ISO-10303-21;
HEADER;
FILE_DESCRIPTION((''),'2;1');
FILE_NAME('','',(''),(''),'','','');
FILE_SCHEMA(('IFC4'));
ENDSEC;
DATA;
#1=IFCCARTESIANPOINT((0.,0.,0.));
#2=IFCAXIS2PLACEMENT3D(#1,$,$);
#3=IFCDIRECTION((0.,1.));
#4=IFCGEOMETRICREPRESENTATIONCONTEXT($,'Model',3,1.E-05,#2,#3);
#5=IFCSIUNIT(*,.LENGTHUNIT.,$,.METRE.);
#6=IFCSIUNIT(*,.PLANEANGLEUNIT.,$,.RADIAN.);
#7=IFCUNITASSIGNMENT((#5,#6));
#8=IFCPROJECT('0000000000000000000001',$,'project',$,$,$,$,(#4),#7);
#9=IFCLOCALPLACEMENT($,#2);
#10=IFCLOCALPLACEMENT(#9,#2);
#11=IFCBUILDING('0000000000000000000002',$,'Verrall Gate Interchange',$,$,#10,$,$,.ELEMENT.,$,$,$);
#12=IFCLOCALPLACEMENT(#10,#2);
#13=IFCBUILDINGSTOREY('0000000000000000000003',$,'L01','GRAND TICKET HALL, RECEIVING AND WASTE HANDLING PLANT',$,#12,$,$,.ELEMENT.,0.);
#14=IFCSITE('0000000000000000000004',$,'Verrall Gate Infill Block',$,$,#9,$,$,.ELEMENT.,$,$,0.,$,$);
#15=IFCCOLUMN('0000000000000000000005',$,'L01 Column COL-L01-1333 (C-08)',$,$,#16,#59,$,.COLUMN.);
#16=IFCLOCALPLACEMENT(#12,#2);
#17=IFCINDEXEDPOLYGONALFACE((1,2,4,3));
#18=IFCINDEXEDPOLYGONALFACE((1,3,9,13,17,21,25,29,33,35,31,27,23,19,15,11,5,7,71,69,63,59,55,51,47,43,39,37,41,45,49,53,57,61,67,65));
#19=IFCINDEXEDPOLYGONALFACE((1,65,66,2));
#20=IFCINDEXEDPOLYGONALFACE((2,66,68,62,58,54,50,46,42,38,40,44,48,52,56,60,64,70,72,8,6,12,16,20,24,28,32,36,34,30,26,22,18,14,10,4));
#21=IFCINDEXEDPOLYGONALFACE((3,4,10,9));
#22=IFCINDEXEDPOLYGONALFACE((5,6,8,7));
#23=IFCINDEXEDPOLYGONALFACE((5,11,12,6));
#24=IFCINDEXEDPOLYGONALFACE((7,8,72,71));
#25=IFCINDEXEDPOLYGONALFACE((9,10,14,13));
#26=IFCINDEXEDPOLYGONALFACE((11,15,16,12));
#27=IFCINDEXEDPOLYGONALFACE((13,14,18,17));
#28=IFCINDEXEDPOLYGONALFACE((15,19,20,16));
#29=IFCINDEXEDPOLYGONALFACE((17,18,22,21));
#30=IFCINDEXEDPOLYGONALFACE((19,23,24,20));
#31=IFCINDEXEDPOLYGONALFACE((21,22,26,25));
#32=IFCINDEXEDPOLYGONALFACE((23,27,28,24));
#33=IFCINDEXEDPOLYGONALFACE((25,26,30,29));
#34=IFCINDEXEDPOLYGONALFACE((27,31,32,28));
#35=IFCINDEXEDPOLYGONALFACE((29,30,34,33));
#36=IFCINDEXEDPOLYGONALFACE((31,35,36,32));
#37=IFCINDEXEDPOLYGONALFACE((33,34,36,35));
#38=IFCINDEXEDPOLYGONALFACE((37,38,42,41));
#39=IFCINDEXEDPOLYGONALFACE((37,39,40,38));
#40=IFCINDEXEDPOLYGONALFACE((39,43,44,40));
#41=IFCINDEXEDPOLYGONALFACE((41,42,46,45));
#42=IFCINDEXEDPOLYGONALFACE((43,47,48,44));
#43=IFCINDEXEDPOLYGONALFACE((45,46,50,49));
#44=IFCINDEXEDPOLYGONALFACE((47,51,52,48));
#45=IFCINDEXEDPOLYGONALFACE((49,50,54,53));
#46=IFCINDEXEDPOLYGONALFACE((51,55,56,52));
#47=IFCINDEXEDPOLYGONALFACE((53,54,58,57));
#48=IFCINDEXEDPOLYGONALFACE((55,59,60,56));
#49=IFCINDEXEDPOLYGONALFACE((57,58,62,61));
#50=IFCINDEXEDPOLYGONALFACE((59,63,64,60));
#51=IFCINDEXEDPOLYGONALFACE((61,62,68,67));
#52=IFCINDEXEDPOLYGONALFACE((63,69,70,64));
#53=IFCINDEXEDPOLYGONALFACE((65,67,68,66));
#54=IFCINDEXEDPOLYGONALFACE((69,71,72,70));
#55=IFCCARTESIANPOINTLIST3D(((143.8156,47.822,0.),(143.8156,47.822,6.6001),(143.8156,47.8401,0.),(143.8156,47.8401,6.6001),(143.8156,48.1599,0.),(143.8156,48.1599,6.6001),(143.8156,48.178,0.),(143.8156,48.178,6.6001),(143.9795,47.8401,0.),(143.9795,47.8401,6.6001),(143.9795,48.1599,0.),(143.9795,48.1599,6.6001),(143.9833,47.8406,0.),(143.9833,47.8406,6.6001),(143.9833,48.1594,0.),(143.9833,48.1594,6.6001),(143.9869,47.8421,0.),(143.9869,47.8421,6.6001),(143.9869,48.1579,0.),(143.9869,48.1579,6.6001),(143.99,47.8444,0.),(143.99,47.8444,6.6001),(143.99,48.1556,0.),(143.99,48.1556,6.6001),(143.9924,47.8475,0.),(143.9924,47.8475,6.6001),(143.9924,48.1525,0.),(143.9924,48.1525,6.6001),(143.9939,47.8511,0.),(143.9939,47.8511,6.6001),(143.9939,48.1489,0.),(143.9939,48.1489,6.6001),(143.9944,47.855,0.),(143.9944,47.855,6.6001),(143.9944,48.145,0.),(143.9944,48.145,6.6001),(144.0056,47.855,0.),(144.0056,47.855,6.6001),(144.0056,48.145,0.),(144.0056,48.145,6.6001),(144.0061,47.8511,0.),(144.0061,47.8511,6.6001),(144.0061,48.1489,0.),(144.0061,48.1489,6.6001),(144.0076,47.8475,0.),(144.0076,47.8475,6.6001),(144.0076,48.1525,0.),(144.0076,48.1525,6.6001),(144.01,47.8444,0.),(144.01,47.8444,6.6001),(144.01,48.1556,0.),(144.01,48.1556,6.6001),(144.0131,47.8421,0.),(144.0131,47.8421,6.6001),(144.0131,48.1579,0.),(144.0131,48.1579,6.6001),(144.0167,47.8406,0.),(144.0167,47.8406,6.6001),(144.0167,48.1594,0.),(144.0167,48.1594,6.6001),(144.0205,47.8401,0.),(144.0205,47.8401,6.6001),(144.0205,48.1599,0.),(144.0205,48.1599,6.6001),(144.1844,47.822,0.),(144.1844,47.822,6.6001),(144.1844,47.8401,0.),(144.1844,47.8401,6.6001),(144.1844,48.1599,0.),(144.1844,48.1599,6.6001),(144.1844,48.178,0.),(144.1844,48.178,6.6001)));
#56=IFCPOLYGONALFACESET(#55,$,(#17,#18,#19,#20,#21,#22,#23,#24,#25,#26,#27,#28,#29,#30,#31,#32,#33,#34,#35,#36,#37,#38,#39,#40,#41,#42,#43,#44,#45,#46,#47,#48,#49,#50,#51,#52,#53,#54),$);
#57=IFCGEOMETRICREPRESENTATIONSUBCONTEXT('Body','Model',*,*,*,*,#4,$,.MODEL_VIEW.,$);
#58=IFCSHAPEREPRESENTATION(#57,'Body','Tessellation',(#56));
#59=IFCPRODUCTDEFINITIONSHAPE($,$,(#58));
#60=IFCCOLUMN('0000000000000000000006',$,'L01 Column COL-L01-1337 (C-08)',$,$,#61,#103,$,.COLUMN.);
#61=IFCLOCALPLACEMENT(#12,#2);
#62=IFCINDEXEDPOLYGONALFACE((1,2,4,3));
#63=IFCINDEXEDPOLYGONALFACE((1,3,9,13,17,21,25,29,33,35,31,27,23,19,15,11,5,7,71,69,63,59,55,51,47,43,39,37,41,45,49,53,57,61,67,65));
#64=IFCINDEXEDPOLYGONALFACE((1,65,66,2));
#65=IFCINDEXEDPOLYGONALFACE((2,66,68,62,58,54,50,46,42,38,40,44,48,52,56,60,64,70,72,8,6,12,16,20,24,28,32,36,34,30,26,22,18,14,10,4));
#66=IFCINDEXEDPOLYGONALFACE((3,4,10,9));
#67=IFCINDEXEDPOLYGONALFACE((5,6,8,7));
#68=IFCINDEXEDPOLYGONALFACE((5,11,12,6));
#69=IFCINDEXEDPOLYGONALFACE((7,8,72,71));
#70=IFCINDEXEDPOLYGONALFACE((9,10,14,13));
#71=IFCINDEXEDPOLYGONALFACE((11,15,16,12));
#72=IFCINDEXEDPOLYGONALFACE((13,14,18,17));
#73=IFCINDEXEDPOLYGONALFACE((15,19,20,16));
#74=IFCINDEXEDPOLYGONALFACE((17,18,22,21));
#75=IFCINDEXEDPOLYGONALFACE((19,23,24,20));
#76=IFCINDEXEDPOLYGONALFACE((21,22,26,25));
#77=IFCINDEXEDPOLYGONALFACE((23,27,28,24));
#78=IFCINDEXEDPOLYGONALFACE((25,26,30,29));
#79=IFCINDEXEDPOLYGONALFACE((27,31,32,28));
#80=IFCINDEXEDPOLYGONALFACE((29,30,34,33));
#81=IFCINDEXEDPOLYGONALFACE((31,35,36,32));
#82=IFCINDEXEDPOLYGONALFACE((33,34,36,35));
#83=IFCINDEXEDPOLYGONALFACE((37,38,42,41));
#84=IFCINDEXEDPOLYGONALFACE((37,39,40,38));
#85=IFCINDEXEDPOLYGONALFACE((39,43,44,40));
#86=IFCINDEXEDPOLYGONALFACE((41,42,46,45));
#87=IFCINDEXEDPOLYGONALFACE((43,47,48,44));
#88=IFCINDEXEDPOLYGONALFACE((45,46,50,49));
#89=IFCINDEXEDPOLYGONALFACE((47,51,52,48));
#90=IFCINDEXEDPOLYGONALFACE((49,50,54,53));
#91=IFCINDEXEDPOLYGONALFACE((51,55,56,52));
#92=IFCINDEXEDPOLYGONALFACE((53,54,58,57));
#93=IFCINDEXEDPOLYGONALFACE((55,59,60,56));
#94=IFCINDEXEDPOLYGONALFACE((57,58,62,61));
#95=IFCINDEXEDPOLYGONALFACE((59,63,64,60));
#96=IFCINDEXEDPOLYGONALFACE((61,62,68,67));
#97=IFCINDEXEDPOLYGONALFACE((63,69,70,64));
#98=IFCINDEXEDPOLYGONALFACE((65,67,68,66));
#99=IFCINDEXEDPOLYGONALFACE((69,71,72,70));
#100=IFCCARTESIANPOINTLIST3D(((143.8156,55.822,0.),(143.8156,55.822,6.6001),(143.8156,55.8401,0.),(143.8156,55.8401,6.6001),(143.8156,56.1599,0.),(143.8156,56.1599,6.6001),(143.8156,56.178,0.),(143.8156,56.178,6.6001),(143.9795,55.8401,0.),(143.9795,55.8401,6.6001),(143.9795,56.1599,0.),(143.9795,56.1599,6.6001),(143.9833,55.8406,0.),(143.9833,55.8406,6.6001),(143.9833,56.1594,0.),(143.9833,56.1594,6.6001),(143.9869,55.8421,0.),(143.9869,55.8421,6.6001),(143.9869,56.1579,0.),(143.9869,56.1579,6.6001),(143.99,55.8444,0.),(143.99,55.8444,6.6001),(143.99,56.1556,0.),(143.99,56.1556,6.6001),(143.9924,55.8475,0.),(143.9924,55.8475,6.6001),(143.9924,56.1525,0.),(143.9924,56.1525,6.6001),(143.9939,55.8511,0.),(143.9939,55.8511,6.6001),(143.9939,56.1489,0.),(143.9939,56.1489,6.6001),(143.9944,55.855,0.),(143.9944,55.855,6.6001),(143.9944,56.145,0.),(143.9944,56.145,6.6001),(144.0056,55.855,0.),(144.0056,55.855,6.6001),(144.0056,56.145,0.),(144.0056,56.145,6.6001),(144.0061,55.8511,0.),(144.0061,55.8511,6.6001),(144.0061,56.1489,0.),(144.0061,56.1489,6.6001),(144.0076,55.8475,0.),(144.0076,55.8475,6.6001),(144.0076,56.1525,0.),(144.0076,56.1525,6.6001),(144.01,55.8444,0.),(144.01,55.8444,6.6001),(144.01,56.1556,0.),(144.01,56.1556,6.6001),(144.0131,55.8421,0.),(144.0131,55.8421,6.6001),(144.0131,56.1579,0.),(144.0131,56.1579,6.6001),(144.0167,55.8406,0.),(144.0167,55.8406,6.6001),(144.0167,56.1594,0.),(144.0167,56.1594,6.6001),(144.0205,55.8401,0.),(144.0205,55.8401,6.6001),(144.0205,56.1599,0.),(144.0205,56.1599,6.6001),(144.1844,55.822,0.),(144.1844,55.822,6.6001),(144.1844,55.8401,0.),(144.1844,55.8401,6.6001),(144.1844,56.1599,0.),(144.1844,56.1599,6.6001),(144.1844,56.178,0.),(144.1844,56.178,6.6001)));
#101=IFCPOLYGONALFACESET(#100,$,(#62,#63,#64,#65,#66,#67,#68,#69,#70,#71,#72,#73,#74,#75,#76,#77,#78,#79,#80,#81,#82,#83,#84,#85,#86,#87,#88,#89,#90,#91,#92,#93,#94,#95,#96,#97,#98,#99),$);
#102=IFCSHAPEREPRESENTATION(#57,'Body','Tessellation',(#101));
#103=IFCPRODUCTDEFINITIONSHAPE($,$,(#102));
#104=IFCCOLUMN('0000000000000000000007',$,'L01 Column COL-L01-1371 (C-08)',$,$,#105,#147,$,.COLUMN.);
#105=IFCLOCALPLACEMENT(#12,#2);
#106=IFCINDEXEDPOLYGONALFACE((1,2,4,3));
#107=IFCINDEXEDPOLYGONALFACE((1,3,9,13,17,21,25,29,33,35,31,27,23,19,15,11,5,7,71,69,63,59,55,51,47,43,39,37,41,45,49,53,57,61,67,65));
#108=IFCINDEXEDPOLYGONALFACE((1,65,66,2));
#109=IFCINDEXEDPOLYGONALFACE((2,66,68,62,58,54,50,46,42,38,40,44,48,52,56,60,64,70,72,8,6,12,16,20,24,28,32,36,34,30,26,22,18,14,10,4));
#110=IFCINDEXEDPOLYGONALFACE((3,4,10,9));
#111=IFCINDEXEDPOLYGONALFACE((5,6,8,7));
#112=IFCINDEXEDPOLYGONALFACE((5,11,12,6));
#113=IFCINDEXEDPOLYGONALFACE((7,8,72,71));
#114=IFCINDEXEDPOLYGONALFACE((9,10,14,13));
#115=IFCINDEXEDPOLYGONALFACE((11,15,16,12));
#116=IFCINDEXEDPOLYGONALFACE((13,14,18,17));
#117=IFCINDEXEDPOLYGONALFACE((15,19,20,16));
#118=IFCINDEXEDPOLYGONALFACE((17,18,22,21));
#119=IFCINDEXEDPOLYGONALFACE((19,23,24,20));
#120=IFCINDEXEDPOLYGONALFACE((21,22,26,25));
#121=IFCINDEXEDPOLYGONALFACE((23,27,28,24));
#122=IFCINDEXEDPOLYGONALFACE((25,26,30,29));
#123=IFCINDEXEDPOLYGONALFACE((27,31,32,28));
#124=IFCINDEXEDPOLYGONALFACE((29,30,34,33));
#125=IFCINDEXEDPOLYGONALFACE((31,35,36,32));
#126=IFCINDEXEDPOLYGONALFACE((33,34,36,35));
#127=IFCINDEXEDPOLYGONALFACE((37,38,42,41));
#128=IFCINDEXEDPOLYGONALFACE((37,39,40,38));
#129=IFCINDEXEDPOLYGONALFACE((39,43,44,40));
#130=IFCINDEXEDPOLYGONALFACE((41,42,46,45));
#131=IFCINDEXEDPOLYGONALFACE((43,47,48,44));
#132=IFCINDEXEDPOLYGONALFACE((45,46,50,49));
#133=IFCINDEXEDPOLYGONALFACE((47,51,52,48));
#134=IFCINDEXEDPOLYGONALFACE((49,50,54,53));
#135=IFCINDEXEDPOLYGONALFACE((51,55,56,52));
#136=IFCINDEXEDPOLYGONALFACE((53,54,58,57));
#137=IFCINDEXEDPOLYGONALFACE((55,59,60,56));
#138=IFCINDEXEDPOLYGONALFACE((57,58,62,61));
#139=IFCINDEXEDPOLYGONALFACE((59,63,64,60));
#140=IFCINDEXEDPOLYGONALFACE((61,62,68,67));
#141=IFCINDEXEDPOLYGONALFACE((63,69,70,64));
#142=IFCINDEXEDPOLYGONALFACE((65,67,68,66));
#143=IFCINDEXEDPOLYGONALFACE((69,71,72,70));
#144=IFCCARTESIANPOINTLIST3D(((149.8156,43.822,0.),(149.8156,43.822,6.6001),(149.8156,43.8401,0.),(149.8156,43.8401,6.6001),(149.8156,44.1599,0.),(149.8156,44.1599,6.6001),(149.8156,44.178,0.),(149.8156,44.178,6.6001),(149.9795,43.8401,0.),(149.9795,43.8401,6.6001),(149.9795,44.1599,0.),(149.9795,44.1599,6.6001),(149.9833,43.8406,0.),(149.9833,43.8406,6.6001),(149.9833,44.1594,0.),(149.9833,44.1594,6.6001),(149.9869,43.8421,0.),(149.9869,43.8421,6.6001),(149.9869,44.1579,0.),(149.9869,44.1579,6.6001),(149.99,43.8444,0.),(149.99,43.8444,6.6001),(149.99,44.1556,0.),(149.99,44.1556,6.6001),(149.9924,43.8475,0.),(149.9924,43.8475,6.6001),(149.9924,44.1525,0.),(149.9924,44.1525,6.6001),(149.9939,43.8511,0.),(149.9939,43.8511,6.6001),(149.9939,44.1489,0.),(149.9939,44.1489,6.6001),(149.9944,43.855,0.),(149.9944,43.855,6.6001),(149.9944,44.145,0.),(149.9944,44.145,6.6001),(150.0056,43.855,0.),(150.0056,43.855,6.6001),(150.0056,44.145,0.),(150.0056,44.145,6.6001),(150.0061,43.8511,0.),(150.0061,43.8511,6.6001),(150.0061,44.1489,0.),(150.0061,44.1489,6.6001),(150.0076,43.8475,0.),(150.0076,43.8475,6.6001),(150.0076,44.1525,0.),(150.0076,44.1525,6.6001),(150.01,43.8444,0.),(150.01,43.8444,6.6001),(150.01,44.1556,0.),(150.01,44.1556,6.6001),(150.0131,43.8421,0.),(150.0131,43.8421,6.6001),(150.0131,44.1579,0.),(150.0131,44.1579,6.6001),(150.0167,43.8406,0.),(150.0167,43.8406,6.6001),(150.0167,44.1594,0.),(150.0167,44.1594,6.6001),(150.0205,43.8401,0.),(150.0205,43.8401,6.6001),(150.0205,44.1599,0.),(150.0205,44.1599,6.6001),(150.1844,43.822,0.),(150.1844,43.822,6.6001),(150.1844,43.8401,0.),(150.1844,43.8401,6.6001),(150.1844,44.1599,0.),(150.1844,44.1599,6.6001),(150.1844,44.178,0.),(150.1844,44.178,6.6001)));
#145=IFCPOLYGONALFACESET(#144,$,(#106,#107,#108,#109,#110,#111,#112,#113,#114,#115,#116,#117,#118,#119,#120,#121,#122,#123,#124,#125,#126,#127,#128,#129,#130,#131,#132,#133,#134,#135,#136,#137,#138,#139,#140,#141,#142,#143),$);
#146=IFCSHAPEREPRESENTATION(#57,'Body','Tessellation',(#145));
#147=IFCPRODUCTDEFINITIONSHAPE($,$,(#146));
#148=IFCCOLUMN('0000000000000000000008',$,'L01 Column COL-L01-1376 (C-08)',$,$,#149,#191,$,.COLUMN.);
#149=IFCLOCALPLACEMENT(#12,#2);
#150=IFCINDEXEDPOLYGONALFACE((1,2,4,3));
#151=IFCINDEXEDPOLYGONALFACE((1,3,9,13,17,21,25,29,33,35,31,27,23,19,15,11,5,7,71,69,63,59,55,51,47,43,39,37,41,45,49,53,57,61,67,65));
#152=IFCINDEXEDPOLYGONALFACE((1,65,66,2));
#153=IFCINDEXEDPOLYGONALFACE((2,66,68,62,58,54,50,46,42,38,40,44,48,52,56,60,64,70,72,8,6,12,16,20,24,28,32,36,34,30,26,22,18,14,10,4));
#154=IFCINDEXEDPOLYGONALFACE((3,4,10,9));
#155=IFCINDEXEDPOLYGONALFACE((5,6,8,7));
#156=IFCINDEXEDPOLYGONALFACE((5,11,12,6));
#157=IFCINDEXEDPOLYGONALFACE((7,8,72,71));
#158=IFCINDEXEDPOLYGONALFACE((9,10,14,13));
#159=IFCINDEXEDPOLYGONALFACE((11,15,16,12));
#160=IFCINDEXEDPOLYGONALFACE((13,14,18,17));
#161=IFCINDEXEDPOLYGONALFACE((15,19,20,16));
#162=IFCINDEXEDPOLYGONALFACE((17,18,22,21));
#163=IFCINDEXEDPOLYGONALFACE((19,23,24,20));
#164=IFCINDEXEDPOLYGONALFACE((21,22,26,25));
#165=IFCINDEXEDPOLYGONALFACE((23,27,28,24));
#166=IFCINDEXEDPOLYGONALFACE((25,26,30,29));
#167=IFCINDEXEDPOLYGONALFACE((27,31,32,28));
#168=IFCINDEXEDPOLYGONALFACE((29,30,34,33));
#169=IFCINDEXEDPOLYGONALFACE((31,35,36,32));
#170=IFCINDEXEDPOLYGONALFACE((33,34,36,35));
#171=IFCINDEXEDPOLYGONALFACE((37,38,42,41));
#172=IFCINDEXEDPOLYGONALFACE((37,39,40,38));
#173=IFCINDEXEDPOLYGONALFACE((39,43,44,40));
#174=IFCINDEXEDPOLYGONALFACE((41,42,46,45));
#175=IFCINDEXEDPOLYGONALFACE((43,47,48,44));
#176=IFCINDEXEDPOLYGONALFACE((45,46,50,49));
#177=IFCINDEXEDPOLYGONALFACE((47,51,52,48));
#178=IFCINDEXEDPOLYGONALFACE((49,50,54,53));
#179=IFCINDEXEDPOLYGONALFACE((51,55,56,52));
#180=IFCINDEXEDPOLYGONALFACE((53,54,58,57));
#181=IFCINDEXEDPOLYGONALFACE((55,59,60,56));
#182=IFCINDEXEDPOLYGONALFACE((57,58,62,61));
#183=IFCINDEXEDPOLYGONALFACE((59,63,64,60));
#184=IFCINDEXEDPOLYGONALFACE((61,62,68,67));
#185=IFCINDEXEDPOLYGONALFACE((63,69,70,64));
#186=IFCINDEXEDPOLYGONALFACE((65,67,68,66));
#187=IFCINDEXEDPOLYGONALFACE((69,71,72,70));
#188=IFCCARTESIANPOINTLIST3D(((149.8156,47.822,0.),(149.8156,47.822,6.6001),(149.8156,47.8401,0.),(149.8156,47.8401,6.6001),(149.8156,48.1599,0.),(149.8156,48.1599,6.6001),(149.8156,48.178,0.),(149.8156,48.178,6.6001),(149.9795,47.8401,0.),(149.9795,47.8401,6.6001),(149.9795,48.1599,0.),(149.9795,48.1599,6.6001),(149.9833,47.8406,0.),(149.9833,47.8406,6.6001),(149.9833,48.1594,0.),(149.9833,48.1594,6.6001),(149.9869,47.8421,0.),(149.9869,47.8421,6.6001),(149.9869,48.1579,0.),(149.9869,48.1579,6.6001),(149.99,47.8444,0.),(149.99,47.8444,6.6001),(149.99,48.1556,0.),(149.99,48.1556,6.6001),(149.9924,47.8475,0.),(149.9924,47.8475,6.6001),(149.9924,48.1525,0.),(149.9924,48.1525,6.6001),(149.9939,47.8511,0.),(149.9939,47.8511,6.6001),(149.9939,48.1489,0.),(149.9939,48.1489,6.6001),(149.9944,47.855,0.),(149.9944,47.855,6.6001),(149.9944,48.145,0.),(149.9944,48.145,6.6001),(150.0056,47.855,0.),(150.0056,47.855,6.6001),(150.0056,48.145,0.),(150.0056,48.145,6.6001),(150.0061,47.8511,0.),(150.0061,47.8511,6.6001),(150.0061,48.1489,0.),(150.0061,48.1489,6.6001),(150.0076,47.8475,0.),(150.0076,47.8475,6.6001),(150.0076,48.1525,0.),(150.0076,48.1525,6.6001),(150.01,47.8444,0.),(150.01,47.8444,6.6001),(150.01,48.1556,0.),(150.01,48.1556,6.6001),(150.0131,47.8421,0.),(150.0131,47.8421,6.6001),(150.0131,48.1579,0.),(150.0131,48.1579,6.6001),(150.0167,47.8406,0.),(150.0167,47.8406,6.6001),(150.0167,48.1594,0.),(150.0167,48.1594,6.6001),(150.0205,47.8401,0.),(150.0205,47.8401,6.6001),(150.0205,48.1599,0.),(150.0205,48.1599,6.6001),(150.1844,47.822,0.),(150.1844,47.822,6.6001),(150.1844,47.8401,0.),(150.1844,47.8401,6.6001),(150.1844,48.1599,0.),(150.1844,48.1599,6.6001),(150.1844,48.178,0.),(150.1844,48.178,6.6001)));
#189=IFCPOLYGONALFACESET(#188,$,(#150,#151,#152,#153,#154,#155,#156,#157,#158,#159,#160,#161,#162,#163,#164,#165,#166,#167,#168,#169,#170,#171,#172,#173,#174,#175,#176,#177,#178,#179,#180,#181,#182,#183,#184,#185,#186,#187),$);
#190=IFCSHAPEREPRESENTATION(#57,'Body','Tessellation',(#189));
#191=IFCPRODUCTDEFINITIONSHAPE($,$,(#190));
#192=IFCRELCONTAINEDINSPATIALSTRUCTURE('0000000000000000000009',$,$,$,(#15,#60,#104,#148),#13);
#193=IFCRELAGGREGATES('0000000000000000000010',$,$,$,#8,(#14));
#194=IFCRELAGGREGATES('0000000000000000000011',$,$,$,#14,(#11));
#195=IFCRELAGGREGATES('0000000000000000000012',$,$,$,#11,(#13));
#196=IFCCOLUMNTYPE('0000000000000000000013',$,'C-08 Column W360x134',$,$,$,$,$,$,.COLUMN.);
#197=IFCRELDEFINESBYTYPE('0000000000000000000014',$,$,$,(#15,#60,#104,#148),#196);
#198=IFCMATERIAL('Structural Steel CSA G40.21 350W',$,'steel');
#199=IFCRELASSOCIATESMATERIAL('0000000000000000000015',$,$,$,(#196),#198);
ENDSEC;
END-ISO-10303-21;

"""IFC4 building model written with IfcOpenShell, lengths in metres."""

from ifc_helpers import new_model, si_unit, direction, frame, origin, origin_2d, place, context, subcontext, project, spatial, i_section, extrude, material, material_profile, profile_set, type_object, element, save


model = new_model("IFC4")

# Units and contexts
model_context = context("Model", 3, precision=1e-05, world=origin(), true_north=direction((0.0, 1.0)))
body_context = subcontext(model_context, "Body", "Model", "MODEL_VIEW")
ifc_project = project(units=[si_unit("LENGTHUNIT", "METRE"), si_unit("PLANEANGLEUNIT", "RADIAN")], contexts=[model_context])

# Site, building, storey
site_placement = place(None, origin())
site = spatial("IfcSite", under=ifc_project, at=site_placement, Name="Verrall Gate Infill Block", CompositionType="ELEMENT", RefElevation=0.0)
building_placement = place(site_placement, origin())
building = spatial("IfcBuilding", under=site, at=building_placement, Name="Verrall Gate Interchange", CompositionType="ELEMENT")
storey_placement = place(building_placement, origin())
storey = spatial("IfcBuildingStorey", under=building, at=storey_placement, Name="L01", Description="GRAND TICKET HALL, RECEIVING AND WASTE HANDLING PLANT", CompositionType="ELEMENT", Elevation=0.0)

# Columns
ifc_material_1 = material(Name="Structural Steel CSA G40.21 350W", Category="steel")
ifc_material_profile_1 = material_profile(ifc_material_1, i_section(OverallWidth=0.3689, OverallDepth=0.356, WebThickness=0.0112, FlangeThickness=0.0181, FilletRadius=0.0149, at=origin_2d()), Name="W360x134")
ifc_profile_set_1 = profile_set([ifc_material_profile_1], Name="Structural Steel CSA G40.21 350W")
column_type = type_object("IfcColumnType", Name="C-08 Column W360x134", PredefinedType="COLUMN", material=ifc_profile_set_1)
for number, where, z_axis, x_axis, name in (
    (1, (144.0, 48.0, 0.0), (0.0, 0.0, 1.0), (1.0, 0.0, 0.0), "L01 Column COL-L01-1333 (C-08)"),
    (2, (144.0, 56.0, 0.0), (0.0, 0.0, 1.0), (1.0, 0.0, 0.0), "L01 Column COL-L01-1337 (C-08)"),
    (3, (150.0, 44.0, 0.0), (0.0, 0.0, 1.0), (1.0, 0.0, 0.0), "L01 Column COL-L01-1371 (C-08)"),
    (4, (150.0, 48.0, 0.0), (0.0, 0.0, 1.0), (1.0, 0.0, 0.0), "L01 Column COL-L01-1376 (C-08)"),
):
    element("IfcColumn", number, at=place(storey_placement, frame(where, z_axis=z_axis, x_axis=x_axis)), inside=storey, type_object=column_type, Name=name, PredefinedType="COLUMN", context=body_context, shape_type="SweptSolid", body=[
        extrude(i_section(OverallWidth=0.3689, OverallDepth=0.356, WebThickness=0.0112, FlangeThickness=0.0181, FilletRadius=0.0149, at=origin_2d()), origin(), (0.0, 0.0, 1.0), 6.6001),
    ])

save(model, "model.ifc")
